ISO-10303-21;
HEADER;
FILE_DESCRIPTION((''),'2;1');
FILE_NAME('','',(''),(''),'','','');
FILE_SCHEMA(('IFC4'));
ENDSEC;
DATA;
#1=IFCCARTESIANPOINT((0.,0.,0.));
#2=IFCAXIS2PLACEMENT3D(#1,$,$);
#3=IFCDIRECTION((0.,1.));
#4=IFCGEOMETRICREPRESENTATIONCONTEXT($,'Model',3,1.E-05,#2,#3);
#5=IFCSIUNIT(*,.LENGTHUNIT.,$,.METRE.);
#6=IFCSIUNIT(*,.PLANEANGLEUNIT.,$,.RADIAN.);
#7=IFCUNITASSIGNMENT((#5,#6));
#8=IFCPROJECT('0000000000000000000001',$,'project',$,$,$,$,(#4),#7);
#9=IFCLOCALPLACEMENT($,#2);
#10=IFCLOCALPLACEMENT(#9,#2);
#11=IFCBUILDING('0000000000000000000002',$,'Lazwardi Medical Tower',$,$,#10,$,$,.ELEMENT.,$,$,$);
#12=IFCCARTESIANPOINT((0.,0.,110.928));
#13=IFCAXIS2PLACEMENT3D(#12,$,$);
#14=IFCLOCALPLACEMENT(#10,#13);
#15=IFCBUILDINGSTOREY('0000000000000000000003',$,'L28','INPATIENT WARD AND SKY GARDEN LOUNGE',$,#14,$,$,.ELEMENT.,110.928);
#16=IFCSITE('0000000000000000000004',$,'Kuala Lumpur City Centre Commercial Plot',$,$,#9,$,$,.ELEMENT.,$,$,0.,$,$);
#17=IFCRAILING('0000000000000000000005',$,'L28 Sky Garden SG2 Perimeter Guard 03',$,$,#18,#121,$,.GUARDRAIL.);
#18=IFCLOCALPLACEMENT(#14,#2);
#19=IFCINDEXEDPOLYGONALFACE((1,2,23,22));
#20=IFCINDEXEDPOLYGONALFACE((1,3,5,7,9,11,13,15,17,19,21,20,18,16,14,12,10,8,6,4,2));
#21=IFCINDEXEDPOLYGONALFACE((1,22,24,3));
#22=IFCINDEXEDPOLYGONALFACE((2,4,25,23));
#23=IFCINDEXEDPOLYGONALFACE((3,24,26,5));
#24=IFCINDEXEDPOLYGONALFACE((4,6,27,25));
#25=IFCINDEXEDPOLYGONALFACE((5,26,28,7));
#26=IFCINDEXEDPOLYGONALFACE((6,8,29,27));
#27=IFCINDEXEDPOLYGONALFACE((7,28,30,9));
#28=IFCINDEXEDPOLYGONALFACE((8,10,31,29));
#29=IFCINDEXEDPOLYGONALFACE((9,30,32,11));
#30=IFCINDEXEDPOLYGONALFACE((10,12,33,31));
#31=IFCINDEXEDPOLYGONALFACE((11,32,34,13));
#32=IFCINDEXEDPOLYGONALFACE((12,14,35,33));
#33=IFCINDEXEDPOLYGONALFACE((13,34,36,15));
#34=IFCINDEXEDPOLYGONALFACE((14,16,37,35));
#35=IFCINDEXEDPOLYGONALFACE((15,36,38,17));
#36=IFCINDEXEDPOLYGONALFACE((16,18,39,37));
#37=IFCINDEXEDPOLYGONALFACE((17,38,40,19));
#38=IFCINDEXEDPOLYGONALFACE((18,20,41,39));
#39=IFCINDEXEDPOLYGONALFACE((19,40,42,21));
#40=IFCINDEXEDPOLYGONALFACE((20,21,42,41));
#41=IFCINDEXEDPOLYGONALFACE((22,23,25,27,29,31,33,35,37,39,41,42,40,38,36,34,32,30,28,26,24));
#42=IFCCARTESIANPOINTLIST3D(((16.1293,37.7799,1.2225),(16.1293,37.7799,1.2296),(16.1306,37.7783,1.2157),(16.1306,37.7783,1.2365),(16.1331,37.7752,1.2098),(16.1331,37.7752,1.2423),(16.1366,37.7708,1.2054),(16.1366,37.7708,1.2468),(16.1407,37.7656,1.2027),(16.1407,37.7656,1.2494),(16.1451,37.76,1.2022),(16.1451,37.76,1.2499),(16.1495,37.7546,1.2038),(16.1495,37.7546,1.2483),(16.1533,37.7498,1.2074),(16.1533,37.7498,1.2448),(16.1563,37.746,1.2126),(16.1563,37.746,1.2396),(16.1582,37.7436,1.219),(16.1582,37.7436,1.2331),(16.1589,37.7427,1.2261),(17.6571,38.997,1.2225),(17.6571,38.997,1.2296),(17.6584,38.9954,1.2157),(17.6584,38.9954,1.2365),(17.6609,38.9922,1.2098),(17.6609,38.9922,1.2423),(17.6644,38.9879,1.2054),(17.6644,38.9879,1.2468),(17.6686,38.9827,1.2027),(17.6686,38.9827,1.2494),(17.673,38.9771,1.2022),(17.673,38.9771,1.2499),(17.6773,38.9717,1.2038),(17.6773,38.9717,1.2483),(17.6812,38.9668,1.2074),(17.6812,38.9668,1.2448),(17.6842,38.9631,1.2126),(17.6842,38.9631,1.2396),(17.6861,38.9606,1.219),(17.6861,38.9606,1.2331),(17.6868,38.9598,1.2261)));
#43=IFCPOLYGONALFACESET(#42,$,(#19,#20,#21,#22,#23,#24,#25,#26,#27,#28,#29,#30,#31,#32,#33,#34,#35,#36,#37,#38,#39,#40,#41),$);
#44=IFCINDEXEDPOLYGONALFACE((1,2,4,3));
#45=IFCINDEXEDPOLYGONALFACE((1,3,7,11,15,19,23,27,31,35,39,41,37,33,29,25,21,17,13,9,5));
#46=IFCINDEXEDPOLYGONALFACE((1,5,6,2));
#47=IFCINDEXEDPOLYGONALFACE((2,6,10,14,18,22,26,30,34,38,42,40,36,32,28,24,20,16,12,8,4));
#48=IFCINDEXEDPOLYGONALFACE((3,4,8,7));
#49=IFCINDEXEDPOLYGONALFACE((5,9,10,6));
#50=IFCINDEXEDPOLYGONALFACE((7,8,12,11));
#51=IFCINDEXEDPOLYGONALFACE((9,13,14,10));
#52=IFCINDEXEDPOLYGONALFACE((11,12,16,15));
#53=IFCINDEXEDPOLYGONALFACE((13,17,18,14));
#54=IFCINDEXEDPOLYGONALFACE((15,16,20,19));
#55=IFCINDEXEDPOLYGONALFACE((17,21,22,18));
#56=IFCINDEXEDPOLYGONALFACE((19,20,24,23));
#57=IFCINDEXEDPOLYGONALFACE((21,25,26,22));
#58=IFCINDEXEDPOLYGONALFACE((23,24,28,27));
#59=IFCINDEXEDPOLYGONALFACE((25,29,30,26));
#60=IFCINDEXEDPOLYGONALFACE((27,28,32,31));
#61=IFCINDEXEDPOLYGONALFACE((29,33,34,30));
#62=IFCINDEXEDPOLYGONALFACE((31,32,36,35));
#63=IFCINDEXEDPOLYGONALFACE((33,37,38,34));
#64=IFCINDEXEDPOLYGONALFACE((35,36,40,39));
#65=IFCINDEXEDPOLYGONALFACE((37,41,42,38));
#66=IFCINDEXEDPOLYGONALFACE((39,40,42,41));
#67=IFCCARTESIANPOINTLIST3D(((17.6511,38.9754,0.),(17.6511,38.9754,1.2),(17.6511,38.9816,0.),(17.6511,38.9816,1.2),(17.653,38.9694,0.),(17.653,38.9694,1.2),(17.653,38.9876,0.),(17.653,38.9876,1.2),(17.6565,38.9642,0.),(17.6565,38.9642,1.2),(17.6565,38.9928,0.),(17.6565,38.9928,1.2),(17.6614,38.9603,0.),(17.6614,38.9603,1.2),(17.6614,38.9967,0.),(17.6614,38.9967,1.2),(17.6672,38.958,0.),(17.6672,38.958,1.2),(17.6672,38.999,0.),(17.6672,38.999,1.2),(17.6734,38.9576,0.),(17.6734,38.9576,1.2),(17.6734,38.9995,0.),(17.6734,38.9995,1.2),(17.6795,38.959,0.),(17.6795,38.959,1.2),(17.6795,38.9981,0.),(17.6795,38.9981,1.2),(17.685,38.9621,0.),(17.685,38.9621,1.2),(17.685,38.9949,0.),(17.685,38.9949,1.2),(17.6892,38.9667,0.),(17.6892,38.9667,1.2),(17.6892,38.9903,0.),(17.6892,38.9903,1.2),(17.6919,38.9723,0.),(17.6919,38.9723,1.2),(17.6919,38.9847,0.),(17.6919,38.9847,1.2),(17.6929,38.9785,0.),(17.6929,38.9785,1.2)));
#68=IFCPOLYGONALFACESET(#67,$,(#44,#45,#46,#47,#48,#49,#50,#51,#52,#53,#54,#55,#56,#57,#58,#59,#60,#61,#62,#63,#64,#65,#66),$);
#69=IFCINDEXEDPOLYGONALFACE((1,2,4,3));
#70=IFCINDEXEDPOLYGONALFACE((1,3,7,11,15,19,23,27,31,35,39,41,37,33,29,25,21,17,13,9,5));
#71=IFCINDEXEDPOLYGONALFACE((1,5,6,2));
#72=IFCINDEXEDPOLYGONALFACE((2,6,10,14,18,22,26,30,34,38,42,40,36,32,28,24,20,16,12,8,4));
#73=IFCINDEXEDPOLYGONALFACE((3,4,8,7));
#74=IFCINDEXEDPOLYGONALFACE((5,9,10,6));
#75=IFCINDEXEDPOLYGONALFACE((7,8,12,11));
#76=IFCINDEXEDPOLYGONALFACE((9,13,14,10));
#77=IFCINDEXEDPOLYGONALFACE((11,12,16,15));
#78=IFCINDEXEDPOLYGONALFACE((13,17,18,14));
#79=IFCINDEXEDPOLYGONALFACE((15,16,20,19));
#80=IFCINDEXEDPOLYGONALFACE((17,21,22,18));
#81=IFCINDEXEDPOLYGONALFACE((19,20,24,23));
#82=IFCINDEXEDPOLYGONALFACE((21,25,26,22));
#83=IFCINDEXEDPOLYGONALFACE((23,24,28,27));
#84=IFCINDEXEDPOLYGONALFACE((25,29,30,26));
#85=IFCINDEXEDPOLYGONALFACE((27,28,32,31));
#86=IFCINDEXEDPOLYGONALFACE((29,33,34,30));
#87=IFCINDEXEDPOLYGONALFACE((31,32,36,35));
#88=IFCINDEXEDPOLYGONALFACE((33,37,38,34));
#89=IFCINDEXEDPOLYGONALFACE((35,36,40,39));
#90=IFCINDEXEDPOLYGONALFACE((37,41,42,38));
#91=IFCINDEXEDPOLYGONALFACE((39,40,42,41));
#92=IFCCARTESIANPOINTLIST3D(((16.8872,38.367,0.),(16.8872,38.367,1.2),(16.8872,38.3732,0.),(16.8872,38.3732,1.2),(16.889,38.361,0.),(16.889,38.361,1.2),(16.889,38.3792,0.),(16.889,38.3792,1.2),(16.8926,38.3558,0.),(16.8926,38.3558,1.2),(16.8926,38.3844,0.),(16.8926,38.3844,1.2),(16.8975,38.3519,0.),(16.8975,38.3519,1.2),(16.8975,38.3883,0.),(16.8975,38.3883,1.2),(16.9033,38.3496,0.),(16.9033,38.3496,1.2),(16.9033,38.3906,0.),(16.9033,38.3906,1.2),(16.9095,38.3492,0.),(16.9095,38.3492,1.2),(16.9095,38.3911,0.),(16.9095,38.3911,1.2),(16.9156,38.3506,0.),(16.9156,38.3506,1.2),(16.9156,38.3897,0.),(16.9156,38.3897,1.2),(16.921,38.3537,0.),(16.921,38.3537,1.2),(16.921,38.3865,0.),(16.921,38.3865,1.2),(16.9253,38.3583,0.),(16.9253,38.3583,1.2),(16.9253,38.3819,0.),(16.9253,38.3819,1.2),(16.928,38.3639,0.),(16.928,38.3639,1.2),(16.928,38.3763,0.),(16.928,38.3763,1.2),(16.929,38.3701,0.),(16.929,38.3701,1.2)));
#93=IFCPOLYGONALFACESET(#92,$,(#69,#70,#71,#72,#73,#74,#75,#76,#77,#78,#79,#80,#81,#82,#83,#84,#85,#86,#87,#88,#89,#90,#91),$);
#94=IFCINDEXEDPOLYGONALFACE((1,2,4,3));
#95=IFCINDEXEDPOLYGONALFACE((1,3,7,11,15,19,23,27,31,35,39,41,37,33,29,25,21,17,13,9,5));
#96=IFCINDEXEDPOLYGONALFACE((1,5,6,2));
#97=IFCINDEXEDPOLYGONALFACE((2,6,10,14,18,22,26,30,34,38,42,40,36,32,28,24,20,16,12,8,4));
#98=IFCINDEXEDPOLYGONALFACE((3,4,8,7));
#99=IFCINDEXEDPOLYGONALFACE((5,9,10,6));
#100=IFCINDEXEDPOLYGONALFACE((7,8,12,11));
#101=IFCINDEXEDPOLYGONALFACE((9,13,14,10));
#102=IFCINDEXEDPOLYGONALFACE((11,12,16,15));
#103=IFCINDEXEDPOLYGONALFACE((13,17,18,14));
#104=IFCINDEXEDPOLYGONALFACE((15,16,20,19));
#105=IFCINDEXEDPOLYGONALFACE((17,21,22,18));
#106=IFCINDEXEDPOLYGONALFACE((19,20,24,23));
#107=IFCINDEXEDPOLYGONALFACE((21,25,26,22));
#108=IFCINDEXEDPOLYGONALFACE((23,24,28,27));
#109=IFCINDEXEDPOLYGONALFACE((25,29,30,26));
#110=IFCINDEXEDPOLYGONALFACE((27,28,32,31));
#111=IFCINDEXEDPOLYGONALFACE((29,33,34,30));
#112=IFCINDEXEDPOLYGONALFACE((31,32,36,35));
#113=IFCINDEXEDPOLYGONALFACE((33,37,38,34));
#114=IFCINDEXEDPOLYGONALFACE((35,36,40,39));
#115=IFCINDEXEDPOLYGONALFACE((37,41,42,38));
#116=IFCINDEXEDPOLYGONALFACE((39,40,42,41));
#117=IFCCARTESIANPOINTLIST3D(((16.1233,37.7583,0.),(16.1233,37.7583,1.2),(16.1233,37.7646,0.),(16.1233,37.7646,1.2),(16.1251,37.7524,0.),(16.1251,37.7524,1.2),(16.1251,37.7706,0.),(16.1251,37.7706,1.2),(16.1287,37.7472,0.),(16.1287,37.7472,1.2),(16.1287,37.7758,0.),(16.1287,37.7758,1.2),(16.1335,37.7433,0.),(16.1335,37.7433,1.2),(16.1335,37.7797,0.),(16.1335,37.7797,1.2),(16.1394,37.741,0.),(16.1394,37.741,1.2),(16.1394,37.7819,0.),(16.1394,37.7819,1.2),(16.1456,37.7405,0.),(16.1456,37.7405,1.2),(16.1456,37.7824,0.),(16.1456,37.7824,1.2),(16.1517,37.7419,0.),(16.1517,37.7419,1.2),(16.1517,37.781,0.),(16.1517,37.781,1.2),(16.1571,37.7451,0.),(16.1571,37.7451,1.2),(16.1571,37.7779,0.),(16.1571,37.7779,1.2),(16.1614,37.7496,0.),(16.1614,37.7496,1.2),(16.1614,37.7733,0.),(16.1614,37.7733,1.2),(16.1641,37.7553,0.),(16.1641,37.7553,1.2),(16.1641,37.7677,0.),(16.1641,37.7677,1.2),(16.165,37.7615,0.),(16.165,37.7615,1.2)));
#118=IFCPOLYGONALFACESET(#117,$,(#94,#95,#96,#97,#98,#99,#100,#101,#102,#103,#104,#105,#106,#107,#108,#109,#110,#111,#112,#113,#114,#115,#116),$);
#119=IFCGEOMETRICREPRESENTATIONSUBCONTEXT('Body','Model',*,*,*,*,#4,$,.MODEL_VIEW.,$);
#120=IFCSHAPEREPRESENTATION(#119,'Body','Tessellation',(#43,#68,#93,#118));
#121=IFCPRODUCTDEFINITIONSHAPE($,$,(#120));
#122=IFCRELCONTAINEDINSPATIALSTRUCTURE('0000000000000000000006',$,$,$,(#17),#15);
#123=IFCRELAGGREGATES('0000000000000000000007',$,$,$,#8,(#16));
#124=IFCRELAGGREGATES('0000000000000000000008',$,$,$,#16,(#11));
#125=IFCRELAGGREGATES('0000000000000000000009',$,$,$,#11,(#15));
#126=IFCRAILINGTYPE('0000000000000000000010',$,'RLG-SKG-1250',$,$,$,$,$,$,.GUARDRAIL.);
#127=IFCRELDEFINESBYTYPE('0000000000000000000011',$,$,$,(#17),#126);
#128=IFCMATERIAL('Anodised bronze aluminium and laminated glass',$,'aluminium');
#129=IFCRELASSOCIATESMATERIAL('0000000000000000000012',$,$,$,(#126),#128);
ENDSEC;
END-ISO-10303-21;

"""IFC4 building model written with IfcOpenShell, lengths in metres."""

from ifc_helpers import new_model, si_unit, direction, frame, origin, origin_2d, place, context, subcontext, project, spatial, circle, extrude, material, type_object, element, save


model = new_model("IFC4")

# Units and contexts
model_context = context("Model", 3, precision=1e-05, world=origin(), true_north=direction((0.0, 1.0)))
body_context = subcontext(model_context, "Body", "Model", "MODEL_VIEW")
ifc_project = project(units=[si_unit("LENGTHUNIT", "METRE"), si_unit("PLANEANGLEUNIT", "RADIAN")], contexts=[model_context])

# Site, building, storey
site_placement = place(None, origin())
site = spatial("IfcSite", under=ifc_project, at=site_placement, Name="Kuala Lumpur City Centre Commercial Plot", CompositionType="ELEMENT", RefElevation=0.0)
building_placement = place(site_placement, origin())
building = spatial("IfcBuilding", under=site, at=building_placement, Name="Lazwardi Medical Tower", CompositionType="ELEMENT")
storey_placement = place(building_placement, frame((0.0, 0.0, 110.928)))
storey = spatial("IfcBuildingStorey", under=building, at=storey_placement, Name="L28", Description="INPATIENT WARD AND SKY GARDEN LOUNGE", CompositionType="ELEMENT", Elevation=110.928)

# Shared definitions
ifc_material_1 = material(Name="Anodised bronze aluminium and laminated glass", Category="aluminium")

# Railing
railing_type = type_object("IfcRailingType", Name="RLG-SKG-1250", PredefinedType="GUARDRAIL", material=ifc_material_1)
railing_1_placement = place(storey_placement, frame((17.6719, 38.9785, 0.0)))
element("IfcRailing", 1, at=railing_1_placement, inside=storey, type_object=railing_type, Name="L28 Sky Garden SG2 Perimeter Guard 03", PredefinedType="GUARDRAIL", context=body_context, shape_type="SweptSolid", body=[
    extrude(circle(Radius=0.0239, at=origin_2d()), frame((0.0, 0.0, 1.2261), z_axis=(-0.782172, -0.623063, 0.0), x_axis=(0.623063, -0.782172, 0.0)), (0.0, 0.0, 1.0), 1.9534),
    extrude(circle(Radius=0.021, at=origin_2d()), origin(), (0.0, 0.0, 1.0), 1.2),
    extrude(circle(Radius=0.021, at=origin_2d()), frame((-0.7639, -0.6084, 0.0)), (0.0, 0.0, 1.0), 1.2),
    extrude(circle(Radius=0.021, at=origin_2d()), frame((-1.5278, -1.217, 0.0)), (0.0, 0.0, 1.0), 1.2),
])

save(model, "model.ifc")
